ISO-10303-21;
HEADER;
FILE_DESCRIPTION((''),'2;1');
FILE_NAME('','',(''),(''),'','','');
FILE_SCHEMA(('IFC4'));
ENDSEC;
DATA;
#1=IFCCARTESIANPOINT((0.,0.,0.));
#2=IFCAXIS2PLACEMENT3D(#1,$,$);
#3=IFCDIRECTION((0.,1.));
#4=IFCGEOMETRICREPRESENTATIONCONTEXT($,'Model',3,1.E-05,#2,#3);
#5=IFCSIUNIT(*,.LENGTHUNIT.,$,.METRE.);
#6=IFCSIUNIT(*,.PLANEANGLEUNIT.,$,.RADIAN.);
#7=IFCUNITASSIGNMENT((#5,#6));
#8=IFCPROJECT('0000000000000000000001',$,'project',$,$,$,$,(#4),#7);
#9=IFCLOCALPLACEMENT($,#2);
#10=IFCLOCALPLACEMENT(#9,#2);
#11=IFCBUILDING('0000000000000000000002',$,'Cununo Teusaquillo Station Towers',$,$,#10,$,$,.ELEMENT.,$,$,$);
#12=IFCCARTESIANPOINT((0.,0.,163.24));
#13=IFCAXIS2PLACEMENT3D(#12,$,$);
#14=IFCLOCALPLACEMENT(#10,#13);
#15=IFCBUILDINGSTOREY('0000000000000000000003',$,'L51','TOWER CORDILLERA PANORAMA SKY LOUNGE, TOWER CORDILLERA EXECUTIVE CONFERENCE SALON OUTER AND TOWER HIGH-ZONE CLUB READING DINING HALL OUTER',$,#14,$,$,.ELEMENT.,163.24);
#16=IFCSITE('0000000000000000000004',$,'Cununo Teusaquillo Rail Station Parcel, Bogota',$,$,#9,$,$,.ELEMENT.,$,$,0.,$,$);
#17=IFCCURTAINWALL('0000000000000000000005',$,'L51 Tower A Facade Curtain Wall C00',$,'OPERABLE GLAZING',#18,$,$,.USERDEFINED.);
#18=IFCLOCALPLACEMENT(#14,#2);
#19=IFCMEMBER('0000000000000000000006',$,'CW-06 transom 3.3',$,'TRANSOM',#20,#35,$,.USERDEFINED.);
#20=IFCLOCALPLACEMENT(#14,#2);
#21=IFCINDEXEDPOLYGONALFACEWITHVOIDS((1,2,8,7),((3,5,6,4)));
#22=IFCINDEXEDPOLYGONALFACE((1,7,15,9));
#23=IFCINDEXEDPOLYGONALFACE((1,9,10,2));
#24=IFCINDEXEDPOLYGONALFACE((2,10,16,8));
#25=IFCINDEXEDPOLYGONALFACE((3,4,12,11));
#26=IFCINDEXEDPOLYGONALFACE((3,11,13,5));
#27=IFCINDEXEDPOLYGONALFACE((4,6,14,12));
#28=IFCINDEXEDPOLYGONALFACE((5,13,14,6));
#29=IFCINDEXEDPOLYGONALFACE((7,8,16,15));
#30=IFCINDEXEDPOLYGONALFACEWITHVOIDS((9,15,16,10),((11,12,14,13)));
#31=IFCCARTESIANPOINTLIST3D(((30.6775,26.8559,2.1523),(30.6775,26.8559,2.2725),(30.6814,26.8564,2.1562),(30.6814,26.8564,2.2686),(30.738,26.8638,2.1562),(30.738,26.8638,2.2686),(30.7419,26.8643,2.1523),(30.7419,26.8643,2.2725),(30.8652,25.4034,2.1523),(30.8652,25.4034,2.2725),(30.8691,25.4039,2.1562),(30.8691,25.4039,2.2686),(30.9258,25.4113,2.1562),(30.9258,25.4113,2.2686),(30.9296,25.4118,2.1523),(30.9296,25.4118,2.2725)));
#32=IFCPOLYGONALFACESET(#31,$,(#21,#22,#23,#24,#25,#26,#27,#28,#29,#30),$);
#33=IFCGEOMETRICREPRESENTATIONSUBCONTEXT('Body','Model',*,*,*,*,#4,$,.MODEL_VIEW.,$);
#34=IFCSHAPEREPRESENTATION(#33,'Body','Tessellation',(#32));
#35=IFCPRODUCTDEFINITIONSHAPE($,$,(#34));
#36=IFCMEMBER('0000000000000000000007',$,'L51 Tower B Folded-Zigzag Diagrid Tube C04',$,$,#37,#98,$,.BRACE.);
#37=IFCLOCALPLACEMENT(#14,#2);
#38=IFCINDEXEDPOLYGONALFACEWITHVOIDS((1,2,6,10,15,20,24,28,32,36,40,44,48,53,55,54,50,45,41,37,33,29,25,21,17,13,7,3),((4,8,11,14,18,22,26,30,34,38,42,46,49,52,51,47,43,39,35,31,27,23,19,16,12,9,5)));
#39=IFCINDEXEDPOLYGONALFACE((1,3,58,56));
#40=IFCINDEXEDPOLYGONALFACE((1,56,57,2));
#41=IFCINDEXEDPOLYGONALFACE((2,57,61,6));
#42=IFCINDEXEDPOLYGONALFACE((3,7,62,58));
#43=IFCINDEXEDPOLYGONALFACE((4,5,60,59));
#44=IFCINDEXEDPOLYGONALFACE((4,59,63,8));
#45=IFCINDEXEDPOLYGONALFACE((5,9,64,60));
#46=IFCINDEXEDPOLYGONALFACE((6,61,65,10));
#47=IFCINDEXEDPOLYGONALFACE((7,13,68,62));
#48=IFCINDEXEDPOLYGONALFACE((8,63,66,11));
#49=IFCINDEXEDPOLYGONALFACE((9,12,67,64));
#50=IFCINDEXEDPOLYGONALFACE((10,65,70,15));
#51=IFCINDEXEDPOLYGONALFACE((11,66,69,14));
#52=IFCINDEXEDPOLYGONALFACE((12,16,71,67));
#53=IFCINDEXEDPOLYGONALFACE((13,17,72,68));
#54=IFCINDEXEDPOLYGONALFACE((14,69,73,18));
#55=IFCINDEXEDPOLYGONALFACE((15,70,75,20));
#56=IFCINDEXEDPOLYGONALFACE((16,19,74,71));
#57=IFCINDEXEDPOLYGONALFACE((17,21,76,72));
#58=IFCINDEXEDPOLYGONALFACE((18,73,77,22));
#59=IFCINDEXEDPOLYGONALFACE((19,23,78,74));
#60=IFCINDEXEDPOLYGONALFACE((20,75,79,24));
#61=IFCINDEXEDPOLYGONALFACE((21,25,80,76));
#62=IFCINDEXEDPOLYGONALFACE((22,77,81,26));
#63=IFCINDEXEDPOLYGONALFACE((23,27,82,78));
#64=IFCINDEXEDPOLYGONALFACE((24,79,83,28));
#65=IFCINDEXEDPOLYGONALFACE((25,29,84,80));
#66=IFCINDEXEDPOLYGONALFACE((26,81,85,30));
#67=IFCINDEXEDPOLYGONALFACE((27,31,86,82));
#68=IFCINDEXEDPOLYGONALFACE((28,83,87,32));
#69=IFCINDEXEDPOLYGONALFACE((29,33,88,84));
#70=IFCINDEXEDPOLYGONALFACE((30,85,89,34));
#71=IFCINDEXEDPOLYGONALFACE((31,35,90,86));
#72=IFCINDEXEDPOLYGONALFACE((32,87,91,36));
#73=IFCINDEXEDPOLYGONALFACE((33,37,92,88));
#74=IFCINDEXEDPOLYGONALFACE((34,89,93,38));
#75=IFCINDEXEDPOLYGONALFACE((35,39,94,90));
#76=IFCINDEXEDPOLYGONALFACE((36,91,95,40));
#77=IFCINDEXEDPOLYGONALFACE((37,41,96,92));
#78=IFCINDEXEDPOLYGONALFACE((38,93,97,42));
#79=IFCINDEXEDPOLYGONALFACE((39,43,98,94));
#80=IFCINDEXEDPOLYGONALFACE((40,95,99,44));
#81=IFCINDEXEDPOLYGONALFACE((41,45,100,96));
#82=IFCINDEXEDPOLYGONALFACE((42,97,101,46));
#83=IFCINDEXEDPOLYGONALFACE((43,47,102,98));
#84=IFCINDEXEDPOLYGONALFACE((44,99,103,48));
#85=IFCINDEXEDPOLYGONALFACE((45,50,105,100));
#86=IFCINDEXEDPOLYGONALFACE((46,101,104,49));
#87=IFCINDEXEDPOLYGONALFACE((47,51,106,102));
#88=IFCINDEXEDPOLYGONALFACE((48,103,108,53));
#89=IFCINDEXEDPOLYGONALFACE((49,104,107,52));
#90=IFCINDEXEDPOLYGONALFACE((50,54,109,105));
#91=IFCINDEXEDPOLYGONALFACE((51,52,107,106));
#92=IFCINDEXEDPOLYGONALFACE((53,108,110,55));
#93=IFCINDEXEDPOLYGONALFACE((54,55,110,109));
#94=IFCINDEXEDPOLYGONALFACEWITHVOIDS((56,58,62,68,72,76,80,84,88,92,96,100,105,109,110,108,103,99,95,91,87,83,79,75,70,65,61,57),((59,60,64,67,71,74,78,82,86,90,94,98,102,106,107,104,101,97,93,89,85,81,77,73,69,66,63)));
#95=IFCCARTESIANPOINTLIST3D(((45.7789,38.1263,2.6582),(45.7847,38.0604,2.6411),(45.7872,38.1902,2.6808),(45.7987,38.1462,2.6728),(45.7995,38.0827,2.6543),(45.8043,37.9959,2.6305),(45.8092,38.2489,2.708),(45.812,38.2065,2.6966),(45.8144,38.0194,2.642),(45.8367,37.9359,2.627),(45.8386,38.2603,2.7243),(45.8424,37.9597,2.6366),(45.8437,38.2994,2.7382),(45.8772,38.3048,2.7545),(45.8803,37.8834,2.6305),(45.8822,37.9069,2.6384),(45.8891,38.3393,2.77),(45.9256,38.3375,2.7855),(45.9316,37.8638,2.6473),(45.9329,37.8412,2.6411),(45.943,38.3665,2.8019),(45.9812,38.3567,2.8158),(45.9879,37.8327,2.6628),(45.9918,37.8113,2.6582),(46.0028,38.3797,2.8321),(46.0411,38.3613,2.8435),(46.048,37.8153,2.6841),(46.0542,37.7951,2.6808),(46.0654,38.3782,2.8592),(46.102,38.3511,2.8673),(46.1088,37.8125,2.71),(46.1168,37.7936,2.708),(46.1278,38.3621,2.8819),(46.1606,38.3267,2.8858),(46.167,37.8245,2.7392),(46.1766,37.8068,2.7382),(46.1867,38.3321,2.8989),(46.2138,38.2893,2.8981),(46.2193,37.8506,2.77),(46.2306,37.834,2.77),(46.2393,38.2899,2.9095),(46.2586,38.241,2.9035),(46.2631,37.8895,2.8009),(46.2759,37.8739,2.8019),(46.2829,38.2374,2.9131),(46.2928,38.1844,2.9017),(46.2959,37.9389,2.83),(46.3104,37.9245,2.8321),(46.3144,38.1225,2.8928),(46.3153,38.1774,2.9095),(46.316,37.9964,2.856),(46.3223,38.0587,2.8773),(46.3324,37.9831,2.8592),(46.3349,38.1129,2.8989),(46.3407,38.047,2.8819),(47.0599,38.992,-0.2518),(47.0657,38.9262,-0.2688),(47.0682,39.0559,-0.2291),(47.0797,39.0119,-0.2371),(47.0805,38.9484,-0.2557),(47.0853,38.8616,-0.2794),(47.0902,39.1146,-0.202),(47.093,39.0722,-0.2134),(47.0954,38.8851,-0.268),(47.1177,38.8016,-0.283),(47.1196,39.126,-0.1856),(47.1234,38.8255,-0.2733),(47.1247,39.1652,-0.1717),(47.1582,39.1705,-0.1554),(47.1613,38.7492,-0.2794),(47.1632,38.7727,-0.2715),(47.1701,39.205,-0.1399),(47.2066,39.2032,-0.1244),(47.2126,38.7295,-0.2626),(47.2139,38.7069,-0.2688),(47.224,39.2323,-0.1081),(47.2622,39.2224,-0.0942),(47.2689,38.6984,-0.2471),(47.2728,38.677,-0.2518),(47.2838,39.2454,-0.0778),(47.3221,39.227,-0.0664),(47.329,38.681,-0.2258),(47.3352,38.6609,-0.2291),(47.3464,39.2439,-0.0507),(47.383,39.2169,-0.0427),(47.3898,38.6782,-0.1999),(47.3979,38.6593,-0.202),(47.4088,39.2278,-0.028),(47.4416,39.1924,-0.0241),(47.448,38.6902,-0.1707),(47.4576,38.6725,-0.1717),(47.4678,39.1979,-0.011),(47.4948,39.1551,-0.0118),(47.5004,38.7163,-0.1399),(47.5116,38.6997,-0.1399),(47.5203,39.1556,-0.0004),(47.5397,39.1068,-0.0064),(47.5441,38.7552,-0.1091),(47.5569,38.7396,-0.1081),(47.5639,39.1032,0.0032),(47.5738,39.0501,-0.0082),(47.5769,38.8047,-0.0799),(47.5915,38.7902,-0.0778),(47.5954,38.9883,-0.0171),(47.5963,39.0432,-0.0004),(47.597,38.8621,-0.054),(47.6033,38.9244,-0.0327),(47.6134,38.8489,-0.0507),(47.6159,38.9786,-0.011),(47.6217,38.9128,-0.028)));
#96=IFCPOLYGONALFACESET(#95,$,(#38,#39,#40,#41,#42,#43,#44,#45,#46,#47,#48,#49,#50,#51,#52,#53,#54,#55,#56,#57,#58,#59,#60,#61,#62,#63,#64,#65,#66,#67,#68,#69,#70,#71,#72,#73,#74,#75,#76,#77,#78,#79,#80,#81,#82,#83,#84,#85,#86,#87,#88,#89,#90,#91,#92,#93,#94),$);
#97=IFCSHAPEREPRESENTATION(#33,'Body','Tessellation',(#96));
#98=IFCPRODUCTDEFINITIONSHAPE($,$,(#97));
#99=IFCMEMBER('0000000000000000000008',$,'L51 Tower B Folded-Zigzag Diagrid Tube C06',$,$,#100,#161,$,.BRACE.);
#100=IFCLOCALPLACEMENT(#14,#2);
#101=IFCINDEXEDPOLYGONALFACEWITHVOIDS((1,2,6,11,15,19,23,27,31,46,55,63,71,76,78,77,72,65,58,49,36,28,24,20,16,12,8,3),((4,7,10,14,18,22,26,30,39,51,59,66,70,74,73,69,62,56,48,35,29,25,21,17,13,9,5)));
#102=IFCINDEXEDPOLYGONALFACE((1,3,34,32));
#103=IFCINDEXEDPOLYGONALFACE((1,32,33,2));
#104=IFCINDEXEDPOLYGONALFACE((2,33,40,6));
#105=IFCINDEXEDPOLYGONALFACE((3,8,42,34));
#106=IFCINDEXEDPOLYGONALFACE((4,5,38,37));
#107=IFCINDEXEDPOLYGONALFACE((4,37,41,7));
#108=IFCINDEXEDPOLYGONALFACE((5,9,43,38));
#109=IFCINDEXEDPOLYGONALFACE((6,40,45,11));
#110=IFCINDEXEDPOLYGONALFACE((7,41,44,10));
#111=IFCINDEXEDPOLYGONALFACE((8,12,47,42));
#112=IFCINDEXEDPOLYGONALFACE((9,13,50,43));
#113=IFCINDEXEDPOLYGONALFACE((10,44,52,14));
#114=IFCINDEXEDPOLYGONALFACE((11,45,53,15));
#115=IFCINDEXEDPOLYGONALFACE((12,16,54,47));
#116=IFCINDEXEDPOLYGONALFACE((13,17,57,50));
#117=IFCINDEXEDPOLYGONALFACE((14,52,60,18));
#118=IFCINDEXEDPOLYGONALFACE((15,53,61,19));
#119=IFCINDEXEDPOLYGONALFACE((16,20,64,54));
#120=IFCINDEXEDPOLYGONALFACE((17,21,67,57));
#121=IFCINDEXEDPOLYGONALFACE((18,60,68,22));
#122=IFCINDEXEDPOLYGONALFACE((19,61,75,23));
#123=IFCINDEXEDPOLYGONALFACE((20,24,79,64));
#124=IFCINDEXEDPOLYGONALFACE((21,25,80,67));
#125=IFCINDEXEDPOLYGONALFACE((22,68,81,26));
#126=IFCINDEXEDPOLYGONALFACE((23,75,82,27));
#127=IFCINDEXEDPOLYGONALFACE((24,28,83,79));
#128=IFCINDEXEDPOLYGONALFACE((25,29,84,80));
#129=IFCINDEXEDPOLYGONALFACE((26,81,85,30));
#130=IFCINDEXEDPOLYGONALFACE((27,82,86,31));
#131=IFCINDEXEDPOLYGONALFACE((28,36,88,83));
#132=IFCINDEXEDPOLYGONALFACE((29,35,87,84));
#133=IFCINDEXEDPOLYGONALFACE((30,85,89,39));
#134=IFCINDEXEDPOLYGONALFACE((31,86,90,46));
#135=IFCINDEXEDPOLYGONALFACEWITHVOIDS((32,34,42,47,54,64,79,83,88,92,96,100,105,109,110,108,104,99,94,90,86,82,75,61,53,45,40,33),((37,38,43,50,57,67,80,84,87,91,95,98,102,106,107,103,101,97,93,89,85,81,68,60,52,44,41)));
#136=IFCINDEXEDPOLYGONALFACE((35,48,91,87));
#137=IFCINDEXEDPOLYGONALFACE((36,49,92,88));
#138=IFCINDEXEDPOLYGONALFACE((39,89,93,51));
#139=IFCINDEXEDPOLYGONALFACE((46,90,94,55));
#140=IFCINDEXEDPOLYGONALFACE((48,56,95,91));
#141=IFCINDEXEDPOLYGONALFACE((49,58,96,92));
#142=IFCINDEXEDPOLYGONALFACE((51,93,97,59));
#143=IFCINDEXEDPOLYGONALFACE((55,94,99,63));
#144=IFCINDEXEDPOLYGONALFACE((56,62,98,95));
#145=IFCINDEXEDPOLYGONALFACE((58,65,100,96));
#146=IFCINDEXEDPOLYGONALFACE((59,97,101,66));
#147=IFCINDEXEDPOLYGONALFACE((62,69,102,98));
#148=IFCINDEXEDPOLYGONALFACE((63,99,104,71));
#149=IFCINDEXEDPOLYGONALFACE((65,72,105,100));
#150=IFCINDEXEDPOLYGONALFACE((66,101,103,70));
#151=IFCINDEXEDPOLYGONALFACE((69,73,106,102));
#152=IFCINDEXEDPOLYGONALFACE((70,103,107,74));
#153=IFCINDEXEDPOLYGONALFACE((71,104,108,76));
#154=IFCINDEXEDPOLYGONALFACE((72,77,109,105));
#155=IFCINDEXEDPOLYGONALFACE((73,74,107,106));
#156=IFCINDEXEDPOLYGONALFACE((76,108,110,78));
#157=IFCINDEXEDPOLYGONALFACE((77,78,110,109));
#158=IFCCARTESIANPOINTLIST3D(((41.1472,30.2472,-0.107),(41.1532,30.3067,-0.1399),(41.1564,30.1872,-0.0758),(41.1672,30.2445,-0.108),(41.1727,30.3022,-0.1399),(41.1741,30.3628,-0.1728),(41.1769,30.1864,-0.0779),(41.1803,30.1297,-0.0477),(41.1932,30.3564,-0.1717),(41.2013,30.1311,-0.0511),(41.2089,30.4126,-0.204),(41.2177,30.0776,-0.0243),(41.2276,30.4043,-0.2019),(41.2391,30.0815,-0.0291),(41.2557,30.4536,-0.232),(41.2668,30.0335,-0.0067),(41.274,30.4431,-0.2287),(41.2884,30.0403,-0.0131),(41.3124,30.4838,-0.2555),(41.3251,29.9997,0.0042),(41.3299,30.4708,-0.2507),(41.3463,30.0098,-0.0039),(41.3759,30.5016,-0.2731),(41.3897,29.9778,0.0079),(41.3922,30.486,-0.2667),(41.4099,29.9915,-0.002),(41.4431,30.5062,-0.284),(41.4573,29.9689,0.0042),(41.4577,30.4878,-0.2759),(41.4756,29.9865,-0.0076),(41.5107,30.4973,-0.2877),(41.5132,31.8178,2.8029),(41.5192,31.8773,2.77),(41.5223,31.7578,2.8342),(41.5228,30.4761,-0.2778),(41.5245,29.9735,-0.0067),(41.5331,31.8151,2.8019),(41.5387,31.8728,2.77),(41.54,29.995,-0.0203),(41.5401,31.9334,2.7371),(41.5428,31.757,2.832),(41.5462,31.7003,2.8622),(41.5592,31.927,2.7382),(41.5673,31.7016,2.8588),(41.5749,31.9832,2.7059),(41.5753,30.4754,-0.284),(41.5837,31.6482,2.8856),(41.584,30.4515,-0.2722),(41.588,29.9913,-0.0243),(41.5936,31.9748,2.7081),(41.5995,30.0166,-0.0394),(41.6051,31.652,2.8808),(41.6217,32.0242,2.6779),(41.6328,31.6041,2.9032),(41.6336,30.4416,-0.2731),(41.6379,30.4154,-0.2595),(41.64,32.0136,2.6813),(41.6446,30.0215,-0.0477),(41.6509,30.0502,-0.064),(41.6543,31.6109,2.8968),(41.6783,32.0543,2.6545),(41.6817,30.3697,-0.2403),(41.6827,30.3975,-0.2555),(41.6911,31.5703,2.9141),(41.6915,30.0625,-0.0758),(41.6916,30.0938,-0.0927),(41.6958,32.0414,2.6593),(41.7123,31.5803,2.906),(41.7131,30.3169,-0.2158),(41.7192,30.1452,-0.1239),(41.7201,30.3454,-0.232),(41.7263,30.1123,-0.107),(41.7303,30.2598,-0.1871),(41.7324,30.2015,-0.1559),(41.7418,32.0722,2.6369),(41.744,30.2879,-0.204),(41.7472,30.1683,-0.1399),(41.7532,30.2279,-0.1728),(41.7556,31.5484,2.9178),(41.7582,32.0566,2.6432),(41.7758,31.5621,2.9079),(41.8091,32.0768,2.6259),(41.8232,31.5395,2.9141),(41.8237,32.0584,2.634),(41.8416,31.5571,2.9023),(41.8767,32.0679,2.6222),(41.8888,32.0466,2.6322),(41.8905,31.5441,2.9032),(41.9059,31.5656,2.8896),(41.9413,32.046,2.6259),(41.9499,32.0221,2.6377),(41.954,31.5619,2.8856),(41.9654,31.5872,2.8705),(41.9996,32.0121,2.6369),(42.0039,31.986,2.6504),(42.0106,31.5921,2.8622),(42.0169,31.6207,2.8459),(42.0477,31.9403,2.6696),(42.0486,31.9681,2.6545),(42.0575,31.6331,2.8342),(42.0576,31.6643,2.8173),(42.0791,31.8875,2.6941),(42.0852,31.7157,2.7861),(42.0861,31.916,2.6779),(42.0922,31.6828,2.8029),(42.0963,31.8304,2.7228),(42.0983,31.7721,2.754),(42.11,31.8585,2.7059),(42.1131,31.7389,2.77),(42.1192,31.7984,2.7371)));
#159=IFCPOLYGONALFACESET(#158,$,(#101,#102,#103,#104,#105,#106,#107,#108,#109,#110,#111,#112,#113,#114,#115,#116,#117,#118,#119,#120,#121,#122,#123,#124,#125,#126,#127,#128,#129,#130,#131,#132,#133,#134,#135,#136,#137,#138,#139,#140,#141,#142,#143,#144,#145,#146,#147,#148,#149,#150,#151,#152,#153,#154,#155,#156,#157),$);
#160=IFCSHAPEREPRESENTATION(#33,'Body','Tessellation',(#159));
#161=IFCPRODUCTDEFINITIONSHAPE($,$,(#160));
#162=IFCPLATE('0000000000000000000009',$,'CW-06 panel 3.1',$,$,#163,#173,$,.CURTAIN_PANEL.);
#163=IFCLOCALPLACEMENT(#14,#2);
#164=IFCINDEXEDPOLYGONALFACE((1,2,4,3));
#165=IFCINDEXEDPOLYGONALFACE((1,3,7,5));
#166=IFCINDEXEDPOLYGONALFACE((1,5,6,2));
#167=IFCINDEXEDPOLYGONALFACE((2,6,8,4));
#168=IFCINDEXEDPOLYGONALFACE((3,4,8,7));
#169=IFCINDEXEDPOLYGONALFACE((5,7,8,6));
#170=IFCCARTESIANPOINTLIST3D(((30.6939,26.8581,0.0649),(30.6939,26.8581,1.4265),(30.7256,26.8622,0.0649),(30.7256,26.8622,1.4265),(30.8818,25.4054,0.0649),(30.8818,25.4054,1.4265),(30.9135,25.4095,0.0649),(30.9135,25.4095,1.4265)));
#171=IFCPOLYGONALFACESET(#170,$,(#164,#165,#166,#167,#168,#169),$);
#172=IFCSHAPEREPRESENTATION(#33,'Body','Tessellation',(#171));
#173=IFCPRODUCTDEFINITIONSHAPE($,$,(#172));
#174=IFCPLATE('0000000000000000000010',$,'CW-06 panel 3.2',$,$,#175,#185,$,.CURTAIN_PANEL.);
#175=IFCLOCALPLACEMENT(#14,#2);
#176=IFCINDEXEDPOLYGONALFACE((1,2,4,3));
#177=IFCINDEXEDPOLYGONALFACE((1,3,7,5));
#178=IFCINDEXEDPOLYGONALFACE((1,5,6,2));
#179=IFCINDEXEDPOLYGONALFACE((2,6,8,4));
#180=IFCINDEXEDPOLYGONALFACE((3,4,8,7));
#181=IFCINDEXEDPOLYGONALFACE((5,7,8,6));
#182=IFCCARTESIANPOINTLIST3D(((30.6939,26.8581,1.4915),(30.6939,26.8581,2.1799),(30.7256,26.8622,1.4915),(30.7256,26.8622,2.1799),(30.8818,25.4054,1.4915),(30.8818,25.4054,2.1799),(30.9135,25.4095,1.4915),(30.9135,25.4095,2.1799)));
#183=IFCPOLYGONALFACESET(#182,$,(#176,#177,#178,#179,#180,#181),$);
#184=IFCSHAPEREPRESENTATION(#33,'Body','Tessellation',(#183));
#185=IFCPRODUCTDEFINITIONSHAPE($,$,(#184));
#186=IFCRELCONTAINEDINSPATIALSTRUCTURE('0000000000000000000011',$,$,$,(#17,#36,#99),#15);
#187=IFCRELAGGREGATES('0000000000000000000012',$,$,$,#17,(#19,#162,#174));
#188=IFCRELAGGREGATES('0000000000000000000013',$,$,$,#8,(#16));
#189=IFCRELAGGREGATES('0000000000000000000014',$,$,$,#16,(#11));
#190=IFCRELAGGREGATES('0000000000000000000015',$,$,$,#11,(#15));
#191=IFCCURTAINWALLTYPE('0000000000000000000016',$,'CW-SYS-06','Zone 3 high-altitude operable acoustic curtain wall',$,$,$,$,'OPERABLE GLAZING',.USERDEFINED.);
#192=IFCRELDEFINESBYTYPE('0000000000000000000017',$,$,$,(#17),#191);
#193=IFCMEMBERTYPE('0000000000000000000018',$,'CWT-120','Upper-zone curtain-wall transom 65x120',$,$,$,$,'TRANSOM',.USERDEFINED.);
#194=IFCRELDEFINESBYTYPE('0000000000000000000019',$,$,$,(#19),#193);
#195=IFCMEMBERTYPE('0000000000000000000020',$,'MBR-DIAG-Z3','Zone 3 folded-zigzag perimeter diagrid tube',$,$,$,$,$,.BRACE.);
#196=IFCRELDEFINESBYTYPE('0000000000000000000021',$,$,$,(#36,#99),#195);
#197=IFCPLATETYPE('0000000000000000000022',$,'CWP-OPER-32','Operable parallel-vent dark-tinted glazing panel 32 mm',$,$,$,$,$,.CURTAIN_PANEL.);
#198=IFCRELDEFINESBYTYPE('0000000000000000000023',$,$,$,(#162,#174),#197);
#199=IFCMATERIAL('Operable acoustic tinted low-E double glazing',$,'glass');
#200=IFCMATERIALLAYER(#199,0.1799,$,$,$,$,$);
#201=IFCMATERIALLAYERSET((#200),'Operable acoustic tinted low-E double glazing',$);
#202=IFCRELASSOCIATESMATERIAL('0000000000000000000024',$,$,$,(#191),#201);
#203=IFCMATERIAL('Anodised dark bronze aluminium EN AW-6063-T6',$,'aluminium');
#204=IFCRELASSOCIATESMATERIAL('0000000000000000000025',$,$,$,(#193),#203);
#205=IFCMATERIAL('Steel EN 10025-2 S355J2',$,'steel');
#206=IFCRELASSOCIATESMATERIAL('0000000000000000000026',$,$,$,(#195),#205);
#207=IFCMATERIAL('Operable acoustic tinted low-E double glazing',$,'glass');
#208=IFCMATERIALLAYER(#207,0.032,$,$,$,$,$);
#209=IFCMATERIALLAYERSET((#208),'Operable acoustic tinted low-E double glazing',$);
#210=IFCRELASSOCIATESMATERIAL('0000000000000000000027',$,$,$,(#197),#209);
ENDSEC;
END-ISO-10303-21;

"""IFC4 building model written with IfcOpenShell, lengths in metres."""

from ifc_helpers import new_model, si_unit, direction, frame, origin, origin_2d, place, context, subcontext, project, spatial, rectangle, hollow_rectangle, hollow_circle, extrude, source, transform, mapped, material, layer, layer_set, material_profile, profile_set, type_object, element, aggregate, save


model = new_model("IFC4")

# Units and contexts
model_context = context("Model", 3, precision=1e-05, world=origin(), true_north=direction((0.0, 1.0)))
body_context = subcontext(model_context, "Body", "Model", "MODEL_VIEW")
ifc_project = project(units=[si_unit("LENGTHUNIT", "METRE"), si_unit("PLANEANGLEUNIT", "RADIAN")], contexts=[model_context])

# Site, building, storey
site_placement = place(None, origin())
site = spatial("IfcSite", under=ifc_project, at=site_placement, Name="Cununo Teusaquillo Rail Station Parcel, Bogota", CompositionType="ELEMENT", RefElevation=0.0)
building_placement = place(site_placement, origin())
building = spatial("IfcBuilding", under=site, at=building_placement, Name="Cununo Teusaquillo Station Towers", CompositionType="ELEMENT")
storey_placement = place(building_placement, frame((0.0, 0.0, 163.24)))
storey = spatial("IfcBuildingStorey", under=building, at=storey_placement, Name="L51", Description="TOWER CORDILLERA PANORAMA SKY LOUNGE, TOWER CORDILLERA EXECUTIVE CONFERENCE SALON OUTER AND TOWER HIGH-ZONE CLUB READING DINING HALL OUTER", CompositionType="ELEMENT", Elevation=163.24)

# Curtain wall, member
ifc_material_1 = material(Name="Operable acoustic tinted low-E double glazing", Category="glass")
ifc_layer_1 = layer(ifc_material_1, 0.1799)
ifc_layer_set_1 = layer_set([ifc_layer_1], Name="Operable acoustic tinted low-E double glazing")
curtain_wall_type = type_object("IfcCurtainWallType", Name="CW-SYS-06", Description="Zone 3 high-altitude operable acoustic curtain wall", ElementType="OPERABLE GLAZING", PredefinedType="USERDEFINED", material=ifc_layer_set_1)
curtain_wall_placement = place(storey_placement, origin())
curtain_wall = element("IfcCurtainWall", 1, at=curtain_wall_placement, inside=storey, type_object=curtain_wall_type, Name="L51 Tower A Facade Curtain Wall C00", ObjectType="OPERABLE GLAZING", PredefinedType="USERDEFINED")
ifc_material_2 = material(Name="Anodised dark bronze aluminium EN AW-6063-T6", Category="aluminium")
ifc_material_profile_1 = material_profile(ifc_material_2, hollow_rectangle(XDim=0.0649, YDim=0.1201, WallThickness=0.0039, at=origin_2d()), Name="CW-TRAN-65x120")
ifc_profile_set_1 = profile_set([ifc_material_profile_1], Name="Anodised dark bronze aluminium EN AW-6063-T6")
member_type_1 = type_object("IfcMemberType", Name="CWT-120", Description="Upper-zone curtain-wall transom 65x120", ElementType="TRANSOM", PredefinedType="USERDEFINED", material=ifc_profile_set_1)
member_1_placement = place(storey_placement, frame((30.7097, 26.8601, 2.2124), z_axis=(0.128178, -0.991751, 0.0), x_axis=(0.991751, 0.128178, 0.0)))
member_1 = element("IfcMember", 2, at=member_1_placement, type_object=member_type_1, Name="CW-06 transom 3.3", ObjectType="TRANSOM", PredefinedType="USERDEFINED", context=body_context, shape_type="SweptSolid", body=[
    extrude(hollow_rectangle(XDim=0.0649, YDim=0.1201, WallThickness=0.0039, at=origin_2d()), origin(), (0.0, 0.0, 1.0), 1.4646),
])

# Members
ifc_material_3 = material(Name="Steel EN 10025-2 S355J2", Category="steel")
ifc_material_profile_2 = material_profile(ifc_material_3, hollow_circle(Radius=0.3049, WallThickness=0.02, at=origin_2d()), Name="CHS 610x20")
ifc_profile_set_2 = profile_set([ifc_material_profile_2], Name="Steel EN 10025-2 S355J2")
member_type_2 = type_object("IfcMemberType", Name="MBR-DIAG-Z3", Description="Zone 3 folded-zigzag perimeter diagrid tube", PredefinedType="BRACE", material=ifc_profile_set_2)
member_2_placement = place(storey_placement, frame((47.3408, 38.9524, -0.1399), z_axis=(-0.388754, -0.262726, 0.883088), x_axis=(0.559937, -0.828536, 0.0)))
element("IfcMember", 3, at=member_2_placement, inside=storey, type_object=member_type_2, Name="L51 Tower B Folded-Zigzag Diagrid Tube C04", PredefinedType="BRACE", context=body_context, shape_type="SweptSolid", body=[
    extrude(hollow_circle(Radius=0.3049, WallThickness=0.02, at=origin_2d()), origin(), (0.0, 0.0, 1.0), 3.2952),
])
member_3_placement = place(storey_placement, frame((41.4502, 30.2375, -0.1399), z_axis=(0.110003, 0.47208, 0.874665), x_axis=(-0.973909, 0.226938, 0.0)))
element("IfcMember", 4, at=member_3_placement, inside=storey, type_object=member_type_2, Name="L51 Tower B Folded-Zigzag Diagrid Tube C06", PredefinedType="BRACE", context=body_context, shape_type="SweptSolid", body=[
    extrude(hollow_circle(Radius=0.3049, WallThickness=0.02, at=origin_2d()), origin(), (0.0, 0.0, 1.0), 3.3269),
])

# Plates
ifc_material_4 = material(Name="Operable acoustic tinted low-E double glazing", Category="glass")
ifc_layer_2 = layer(ifc_material_4, 0.032)
ifc_layer_set_2 = layer_set([ifc_layer_2], Name="Operable acoustic tinted low-E double glazing")
plate_type = type_object("IfcPlateType", Name="CWP-OPER-32", Description="Operable parallel-vent dark-tinted glazing panel 32 mm", PredefinedType="CURTAIN_PANEL", material=ifc_layer_set_2)
shared_shape_1 = source(origin(), body_context, "Body", "SweptSolid", [
    extrude(rectangle(XDim=1.4648, YDim=0.032, at=origin_2d()), origin(), (0.0, 0.0, 1.0), 1.3616),
])
plate_1_placement = place(storey_placement, frame((30.8037, 26.1338, 0.0649), z_axis=(0.0, 0.0, 1.0), x_axis=(0.128293, -0.991736, 0.0)))
plate_1 = element("IfcPlate", 5, at=plate_1_placement, type_object=plate_type, Name="CW-06 panel 3.1", PredefinedType="CURTAIN_PANEL", context=body_context, shape_type="MappedRepresentation", body=[
    mapped(shared_shape_1, transform((0.0, 0.0, 0.0), x_axis=(1.0, 0.0, 0.0), y_axis=(0.0, 1.0, 0.0), z_axis=(0.0, 0.0, 1.0), scale=1.0)),
])
shared_shape_2 = source(origin(), body_context, "Body", "SweptSolid", [
    extrude(rectangle(XDim=1.4648, YDim=0.032, at=origin_2d()), origin(), (0.0, 0.0, 1.0), 0.6885),
])
plate_2_placement = place(storey_placement, frame((30.8037, 26.1338, 1.4915), z_axis=(0.0, 0.0, 1.0), x_axis=(0.128293, -0.991736, 0.0)))
plate_2 = element("IfcPlate", 6, at=plate_2_placement, type_object=plate_type, Name="CW-06 panel 3.2", PredefinedType="CURTAIN_PANEL", context=body_context, shape_type="MappedRepresentation", body=[
    mapped(shared_shape_2, transform((0.0, 0.0, 0.0), x_axis=(1.0, 0.0, 0.0), y_axis=(0.0, 1.0, 0.0), z_axis=(0.0, 0.0, 1.0), scale=1.0)),
])
aggregate(curtain_wall, [member_1, plate_1, plate_2])

save(model, "model.ifc")
